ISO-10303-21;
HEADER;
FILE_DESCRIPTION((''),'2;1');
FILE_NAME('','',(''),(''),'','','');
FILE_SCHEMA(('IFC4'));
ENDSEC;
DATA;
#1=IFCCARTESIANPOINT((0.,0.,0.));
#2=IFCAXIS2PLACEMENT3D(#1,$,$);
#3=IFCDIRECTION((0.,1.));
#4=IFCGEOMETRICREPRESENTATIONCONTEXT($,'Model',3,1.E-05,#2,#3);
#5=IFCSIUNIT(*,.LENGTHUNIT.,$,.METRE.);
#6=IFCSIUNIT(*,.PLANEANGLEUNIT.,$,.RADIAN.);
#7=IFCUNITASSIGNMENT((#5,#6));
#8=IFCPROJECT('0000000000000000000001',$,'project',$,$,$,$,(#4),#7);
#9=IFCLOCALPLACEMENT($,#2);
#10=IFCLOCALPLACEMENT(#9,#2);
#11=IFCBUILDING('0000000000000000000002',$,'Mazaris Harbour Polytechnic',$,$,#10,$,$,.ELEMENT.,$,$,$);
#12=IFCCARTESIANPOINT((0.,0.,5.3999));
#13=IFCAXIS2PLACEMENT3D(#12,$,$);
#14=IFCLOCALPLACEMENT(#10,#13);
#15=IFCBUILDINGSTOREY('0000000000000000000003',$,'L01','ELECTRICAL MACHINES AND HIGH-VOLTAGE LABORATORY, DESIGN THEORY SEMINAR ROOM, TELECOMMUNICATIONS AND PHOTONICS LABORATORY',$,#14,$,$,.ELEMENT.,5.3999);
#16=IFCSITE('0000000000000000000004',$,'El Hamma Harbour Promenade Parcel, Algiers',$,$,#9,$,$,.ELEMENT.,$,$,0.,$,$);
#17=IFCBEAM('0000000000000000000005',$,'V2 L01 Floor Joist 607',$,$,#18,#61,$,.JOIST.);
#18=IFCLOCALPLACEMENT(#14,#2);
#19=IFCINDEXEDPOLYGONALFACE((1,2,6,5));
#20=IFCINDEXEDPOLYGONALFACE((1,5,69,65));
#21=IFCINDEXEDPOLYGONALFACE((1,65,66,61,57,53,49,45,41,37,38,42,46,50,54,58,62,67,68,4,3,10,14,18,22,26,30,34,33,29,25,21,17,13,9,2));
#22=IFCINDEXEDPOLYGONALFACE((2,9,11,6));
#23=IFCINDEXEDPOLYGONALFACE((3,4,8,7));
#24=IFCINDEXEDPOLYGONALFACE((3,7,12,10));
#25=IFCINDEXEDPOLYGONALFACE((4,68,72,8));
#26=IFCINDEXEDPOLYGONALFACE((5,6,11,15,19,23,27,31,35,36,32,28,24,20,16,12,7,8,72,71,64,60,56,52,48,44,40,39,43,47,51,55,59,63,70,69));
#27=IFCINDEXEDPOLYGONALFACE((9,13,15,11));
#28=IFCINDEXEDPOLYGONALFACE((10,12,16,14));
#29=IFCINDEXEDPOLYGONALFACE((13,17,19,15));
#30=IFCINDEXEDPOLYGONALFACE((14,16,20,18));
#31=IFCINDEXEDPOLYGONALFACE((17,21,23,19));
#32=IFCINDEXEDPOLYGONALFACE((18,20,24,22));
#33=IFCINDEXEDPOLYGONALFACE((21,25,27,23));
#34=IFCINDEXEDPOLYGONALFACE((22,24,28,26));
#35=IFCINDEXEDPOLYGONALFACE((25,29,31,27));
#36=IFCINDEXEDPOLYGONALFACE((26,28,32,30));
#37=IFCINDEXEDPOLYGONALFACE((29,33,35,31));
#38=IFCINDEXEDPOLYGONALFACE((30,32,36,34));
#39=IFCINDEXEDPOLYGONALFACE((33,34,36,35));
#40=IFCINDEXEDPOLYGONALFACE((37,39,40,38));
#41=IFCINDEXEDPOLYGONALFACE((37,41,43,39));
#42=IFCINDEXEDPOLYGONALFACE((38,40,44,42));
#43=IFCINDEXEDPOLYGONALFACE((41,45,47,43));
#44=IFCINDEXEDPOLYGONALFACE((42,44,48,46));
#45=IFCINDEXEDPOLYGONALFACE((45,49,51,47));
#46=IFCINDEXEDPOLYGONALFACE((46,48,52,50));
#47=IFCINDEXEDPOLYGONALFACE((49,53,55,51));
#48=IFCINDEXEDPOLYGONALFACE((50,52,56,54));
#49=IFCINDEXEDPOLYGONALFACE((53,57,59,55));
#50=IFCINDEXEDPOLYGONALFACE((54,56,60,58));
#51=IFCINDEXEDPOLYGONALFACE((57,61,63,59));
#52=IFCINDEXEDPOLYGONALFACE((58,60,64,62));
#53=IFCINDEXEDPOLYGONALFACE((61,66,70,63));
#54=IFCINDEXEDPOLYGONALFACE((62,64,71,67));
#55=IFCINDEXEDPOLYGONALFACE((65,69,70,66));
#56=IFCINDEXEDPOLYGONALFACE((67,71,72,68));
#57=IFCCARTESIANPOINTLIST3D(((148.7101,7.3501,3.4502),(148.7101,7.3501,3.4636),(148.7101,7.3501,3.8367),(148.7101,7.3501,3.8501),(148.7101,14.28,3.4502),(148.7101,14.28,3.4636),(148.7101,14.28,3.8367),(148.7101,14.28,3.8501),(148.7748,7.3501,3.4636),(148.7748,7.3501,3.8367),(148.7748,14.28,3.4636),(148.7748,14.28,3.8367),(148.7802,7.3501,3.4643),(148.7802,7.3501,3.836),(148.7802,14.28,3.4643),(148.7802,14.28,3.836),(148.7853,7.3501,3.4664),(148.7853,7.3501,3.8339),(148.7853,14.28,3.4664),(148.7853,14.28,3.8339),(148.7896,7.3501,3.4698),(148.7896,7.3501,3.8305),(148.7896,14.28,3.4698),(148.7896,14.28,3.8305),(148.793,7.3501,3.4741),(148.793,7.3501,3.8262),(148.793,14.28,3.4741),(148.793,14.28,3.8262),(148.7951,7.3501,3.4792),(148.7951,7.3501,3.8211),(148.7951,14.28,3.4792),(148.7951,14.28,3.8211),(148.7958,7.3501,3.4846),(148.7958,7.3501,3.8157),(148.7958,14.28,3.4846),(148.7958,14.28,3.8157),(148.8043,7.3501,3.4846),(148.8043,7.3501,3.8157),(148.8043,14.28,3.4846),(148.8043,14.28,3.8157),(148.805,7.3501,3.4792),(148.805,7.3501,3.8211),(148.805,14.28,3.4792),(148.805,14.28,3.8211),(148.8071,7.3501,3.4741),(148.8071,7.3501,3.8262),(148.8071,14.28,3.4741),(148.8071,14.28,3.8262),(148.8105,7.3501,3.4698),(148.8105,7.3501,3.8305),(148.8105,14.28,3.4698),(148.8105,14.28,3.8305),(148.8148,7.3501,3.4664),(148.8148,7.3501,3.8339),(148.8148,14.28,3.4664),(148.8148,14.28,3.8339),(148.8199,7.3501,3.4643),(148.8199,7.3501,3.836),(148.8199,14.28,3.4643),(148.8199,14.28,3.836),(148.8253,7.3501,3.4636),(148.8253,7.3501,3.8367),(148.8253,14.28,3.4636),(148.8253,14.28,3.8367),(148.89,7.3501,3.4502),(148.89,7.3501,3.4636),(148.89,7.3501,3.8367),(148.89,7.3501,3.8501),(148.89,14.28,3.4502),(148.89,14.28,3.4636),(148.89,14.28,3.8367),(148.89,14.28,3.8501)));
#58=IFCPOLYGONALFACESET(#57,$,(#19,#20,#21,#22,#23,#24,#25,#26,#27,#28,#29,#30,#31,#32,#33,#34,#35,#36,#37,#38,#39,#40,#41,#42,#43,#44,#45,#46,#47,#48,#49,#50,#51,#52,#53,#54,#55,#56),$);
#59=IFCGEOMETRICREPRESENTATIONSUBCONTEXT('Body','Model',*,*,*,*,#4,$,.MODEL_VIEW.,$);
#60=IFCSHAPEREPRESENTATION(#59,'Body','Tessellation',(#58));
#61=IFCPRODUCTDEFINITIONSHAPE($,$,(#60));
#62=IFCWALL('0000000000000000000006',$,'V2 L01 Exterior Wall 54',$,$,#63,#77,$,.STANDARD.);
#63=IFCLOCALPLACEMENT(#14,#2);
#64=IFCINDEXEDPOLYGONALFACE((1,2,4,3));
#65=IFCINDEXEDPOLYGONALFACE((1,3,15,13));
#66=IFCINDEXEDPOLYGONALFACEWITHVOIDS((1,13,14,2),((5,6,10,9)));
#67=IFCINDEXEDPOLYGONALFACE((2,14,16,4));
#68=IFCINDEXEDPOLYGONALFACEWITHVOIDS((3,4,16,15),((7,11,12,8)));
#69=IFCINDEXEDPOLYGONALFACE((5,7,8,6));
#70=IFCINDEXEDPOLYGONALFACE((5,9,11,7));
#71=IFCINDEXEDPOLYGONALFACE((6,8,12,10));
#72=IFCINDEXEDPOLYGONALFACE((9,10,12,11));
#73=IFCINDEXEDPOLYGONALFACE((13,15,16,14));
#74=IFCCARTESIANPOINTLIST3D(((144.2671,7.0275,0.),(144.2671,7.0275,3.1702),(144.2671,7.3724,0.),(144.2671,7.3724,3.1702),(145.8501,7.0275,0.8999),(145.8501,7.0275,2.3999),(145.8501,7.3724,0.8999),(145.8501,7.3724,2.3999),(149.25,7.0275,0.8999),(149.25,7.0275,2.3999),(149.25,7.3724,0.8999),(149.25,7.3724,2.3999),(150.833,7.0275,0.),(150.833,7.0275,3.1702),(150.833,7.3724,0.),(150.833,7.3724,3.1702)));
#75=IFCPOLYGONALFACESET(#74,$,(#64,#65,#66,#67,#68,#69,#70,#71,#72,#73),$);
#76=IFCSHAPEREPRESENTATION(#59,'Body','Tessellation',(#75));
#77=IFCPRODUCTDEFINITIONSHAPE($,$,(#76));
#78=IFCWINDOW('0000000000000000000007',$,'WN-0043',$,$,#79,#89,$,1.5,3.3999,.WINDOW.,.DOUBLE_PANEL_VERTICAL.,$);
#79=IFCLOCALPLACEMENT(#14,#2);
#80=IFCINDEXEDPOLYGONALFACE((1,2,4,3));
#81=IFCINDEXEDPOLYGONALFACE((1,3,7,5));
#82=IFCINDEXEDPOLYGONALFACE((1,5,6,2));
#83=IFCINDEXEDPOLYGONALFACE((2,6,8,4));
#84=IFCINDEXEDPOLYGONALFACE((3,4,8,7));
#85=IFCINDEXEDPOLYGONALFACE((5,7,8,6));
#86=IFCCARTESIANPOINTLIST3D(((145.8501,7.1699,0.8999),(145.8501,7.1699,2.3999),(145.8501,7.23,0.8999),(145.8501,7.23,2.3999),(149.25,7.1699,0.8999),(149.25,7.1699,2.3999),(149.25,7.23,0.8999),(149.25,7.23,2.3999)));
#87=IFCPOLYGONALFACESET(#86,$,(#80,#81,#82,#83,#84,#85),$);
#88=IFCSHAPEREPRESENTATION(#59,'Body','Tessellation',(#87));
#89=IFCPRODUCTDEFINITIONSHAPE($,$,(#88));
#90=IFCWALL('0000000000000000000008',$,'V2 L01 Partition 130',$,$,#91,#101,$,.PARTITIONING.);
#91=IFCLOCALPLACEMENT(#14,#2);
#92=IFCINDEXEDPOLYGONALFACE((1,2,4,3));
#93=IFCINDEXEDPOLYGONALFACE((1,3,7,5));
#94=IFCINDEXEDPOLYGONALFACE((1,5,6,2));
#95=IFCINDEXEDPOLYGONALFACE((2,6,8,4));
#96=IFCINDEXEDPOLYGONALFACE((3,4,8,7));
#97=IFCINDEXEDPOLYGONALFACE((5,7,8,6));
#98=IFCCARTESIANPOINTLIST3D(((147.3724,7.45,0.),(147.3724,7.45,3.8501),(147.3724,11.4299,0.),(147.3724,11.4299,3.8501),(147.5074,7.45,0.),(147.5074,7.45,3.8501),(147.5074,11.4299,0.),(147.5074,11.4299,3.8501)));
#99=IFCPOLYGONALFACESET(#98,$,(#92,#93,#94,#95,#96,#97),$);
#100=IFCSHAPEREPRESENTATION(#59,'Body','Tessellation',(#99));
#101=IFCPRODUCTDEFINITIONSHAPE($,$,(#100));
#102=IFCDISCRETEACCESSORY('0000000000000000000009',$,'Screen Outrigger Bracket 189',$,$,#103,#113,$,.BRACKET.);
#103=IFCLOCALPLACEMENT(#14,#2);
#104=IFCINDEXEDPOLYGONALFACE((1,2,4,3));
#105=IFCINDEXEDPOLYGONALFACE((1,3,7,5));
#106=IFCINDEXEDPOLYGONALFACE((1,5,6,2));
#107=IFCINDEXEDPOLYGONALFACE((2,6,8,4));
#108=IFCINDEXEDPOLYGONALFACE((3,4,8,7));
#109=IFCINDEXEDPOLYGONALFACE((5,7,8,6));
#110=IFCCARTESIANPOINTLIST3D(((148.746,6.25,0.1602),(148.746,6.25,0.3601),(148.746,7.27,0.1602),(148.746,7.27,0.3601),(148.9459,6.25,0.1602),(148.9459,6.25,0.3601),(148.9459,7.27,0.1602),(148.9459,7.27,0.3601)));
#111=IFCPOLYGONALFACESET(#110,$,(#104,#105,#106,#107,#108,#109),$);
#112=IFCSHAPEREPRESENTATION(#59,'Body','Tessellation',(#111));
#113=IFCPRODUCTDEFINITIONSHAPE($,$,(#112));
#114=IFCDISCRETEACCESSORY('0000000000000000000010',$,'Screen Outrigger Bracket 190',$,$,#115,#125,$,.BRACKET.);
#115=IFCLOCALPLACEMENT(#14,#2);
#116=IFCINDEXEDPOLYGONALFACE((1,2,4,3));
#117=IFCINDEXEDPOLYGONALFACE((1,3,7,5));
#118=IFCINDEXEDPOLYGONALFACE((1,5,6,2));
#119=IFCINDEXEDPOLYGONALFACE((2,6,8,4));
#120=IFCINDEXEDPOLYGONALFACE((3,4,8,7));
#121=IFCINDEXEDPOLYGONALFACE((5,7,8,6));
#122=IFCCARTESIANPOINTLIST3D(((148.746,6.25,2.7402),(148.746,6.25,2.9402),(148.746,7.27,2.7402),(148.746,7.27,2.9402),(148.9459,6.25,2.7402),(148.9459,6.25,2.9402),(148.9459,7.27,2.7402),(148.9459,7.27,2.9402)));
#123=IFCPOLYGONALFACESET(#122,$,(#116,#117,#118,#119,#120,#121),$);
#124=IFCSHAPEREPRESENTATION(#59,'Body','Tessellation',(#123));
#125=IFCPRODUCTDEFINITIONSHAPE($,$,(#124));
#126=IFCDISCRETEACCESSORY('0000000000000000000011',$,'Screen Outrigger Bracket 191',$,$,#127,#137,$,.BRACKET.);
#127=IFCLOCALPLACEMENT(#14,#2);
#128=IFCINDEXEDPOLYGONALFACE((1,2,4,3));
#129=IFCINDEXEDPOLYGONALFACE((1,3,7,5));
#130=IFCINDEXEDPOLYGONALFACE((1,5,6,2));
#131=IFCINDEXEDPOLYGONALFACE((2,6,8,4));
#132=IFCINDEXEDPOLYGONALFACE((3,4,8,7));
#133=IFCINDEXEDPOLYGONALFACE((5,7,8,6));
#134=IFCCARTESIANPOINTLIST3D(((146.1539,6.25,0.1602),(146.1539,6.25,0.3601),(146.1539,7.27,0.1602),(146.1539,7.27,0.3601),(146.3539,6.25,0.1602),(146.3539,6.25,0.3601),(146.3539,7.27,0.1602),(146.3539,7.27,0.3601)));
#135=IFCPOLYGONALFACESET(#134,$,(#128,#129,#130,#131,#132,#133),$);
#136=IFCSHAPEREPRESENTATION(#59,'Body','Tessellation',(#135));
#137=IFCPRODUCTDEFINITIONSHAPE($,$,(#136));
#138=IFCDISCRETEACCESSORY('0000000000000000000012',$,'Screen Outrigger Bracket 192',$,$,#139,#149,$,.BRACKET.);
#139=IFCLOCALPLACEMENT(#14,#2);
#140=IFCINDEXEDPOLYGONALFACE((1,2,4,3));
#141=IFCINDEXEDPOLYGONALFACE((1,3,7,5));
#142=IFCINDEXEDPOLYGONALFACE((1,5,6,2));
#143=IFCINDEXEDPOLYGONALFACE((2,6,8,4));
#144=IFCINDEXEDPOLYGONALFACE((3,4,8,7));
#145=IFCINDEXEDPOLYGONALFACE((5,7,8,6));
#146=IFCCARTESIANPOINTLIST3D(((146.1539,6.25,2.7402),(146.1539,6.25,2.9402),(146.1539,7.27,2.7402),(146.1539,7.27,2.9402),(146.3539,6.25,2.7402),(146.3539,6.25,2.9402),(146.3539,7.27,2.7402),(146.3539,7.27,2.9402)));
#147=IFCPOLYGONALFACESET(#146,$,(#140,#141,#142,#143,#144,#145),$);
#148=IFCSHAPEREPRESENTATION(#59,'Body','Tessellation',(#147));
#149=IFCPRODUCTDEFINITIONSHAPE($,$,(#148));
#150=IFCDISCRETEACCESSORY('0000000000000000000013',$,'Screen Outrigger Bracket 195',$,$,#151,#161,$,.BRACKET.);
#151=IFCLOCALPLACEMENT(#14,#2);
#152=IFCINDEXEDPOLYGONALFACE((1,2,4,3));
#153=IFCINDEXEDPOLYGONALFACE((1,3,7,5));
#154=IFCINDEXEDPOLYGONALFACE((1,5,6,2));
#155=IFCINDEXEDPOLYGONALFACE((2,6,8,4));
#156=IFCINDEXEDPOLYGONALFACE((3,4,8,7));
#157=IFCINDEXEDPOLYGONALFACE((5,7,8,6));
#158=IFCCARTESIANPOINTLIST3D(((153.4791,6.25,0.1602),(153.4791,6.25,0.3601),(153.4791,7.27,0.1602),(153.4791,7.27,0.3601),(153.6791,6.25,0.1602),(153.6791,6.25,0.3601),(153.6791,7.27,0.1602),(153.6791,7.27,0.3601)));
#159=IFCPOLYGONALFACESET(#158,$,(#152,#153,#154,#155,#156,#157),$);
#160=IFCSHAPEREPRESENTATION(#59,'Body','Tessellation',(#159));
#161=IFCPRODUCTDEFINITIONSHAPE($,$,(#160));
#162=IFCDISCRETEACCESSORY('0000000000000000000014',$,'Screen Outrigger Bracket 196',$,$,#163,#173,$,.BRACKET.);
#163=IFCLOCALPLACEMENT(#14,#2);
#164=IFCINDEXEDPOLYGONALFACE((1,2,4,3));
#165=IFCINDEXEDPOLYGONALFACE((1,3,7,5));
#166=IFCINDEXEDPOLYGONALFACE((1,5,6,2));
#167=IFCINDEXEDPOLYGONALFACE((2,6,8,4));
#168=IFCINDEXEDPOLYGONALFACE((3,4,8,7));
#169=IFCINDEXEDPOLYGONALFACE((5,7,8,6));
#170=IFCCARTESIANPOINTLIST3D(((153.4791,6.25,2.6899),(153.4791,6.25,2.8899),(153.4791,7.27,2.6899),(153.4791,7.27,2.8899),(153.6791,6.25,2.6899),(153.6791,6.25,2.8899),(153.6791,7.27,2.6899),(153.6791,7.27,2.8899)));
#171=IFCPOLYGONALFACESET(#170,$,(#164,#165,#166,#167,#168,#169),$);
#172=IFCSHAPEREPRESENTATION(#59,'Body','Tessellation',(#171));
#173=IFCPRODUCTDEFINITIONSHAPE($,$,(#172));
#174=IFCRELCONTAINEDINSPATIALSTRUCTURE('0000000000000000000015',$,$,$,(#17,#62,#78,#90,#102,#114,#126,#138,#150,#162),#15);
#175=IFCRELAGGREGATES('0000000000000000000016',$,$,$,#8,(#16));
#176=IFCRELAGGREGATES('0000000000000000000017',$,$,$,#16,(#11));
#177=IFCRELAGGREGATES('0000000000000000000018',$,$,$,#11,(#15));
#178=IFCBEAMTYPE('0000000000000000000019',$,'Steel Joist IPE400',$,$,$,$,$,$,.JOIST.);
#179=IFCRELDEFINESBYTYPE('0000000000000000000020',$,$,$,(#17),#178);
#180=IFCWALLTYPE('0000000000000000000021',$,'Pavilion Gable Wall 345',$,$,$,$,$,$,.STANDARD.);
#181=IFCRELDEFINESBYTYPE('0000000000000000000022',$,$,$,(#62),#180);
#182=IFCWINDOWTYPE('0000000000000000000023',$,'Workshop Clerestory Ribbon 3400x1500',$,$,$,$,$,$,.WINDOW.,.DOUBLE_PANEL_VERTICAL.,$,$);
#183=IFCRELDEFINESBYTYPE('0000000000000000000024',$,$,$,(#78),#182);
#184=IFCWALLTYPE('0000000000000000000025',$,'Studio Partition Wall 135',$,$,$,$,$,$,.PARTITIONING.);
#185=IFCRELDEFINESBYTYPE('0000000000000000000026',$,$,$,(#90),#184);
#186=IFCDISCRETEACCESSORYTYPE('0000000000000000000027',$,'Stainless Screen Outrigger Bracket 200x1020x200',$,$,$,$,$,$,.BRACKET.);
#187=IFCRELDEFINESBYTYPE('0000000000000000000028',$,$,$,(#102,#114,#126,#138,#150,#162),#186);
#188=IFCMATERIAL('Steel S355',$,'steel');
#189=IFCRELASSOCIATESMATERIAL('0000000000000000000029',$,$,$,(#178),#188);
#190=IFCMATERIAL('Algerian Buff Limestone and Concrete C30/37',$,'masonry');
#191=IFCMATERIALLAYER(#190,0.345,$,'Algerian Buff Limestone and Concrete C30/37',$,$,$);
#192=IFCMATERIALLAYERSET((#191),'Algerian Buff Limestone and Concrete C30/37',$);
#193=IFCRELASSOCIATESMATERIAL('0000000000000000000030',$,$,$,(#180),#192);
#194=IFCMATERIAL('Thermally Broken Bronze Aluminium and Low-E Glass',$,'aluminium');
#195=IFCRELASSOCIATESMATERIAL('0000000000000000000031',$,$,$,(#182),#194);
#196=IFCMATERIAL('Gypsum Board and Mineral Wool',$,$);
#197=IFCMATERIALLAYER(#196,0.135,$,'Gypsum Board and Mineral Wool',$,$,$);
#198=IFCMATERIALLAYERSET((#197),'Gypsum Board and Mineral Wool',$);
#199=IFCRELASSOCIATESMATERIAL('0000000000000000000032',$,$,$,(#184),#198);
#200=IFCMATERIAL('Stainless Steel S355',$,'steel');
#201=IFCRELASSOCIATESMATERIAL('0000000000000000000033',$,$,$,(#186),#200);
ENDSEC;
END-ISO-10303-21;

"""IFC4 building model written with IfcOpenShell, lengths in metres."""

from ifc_helpers import new_model, si_unit, direction, frame, frame_2d, origin, origin_2d, place, context, subcontext, project, spatial, rectangle, i_section, extrude, material, layer, layer_set, material_profile, profile_set, type_object, element, fill, save


model = new_model("IFC4")

# Units and contexts
model_context = context("Model", 3, precision=1e-05, world=origin(), true_north=direction((0.0, 1.0)))
body_context = subcontext(model_context, "Body", "Model", "MODEL_VIEW")
ifc_project = project(units=[si_unit("LENGTHUNIT", "METRE"), si_unit("PLANEANGLEUNIT", "RADIAN")], contexts=[model_context])

# Site, building, storey
site_placement = place(None, origin())
site = spatial("IfcSite", under=ifc_project, at=site_placement, Name="El Hamma Harbour Promenade Parcel, Algiers", CompositionType="ELEMENT", RefElevation=0.0)
building_placement = place(site_placement, origin())
building = spatial("IfcBuilding", under=site, at=building_placement, Name="Mazaris Harbour Polytechnic", CompositionType="ELEMENT")
storey_placement = place(building_placement, frame((0.0, 0.0, 5.3999)))
storey = spatial("IfcBuildingStorey", under=building, at=storey_placement, Name="L01", Description="ELECTRICAL MACHINES AND HIGH-VOLTAGE LABORATORY, DESIGN THEORY SEMINAR ROOM, TELECOMMUNICATIONS AND PHOTONICS LABORATORY", CompositionType="ELEMENT", Elevation=5.3999)

# Beam
ifc_material_1 = material(Name="Steel S355", Category="steel")
ifc_material_profile_1 = material_profile(ifc_material_1, i_section(OverallWidth=0.1799, OverallDepth=0.3999, WebThickness=0.0085, FlangeThickness=0.0134, FilletRadius=0.021, at=origin_2d()), Name="IPE 400")
ifc_profile_set_1 = profile_set([ifc_material_profile_1], Name="Steel S355")
beam_type_1 = type_object("IfcBeamType", Name="Steel Joist IPE400", PredefinedType="JOIST", material=ifc_profile_set_1)
beam_1_placement = place(storey_placement, frame((148.8, 7.3501, 3.6501), z_axis=(0.0, 1.0, 0.0), x_axis=(-1.0, 0.0, 0.0)))
element("IfcBeam", 1, at=beam_1_placement, inside=storey, type_object=beam_type_1, Name="V2 L01 Floor Joist 607", PredefinedType="JOIST", context=body_context, shape_type="SweptSolid", body=[
    extrude(i_section(OverallWidth=0.1799, OverallDepth=0.3999, WebThickness=0.0085, FlangeThickness=0.0134, FilletRadius=0.021, at=origin_2d()), origin(), (0.0, 0.0, 1.0), 6.9299),
])

# Wall, opening, window
ifc_material_2 = material(Name="Algerian Buff Limestone and Concrete C30/37", Category="masonry")
ifc_layer_1 = layer(ifc_material_2, 0.345, Name="Algerian Buff Limestone and Concrete C30/37")
ifc_layer_set_1 = layer_set([ifc_layer_1], Name="Algerian Buff Limestone and Concrete C30/37")
wall_type_1 = type_object("IfcWallType", Name="Pavilion Gable Wall 345", PredefinedType="STANDARD", material=ifc_layer_set_1)
wall_1_placement = place(storey_placement, frame((150.833, 7.2, 0.0), z_axis=(0.0, 0.0, 1.0), x_axis=(-1.0, 0.0, 0.0)))
wall_1 = element("IfcWall", 2, at=wall_1_placement, inside=storey, type_object=wall_type_1, Name="V2 L01 Exterior Wall 54", PredefinedType="STANDARD", context=body_context, shape_type="SweptSolid", body=[
    extrude(rectangle(XDim=6.5659, YDim=0.345, at=frame_2d((3.283, 0.0))), origin(), (0.0, 0.0, 1.0), 3.1702),
])
opening_placement = place(wall_1_placement, frame((1.583, 0.0, 0.8999)))
opening = element("IfcOpeningElement", 3, at=opening_placement, cuts=wall_1, PredefinedType="OPENING", context=body_context, shape_type="SweptSolid", body=[
    extrude(rectangle(XDim=3.3999, YDim=1.5, at=frame_2d((1.7, 0.75))), frame((0.0, 0.1824, 0.0), z_axis=(0.0, -1.0, 0.0), x_axis=(1.0, 0.0, 0.0)), (0.0, 0.0, 1.0), 0.365),
])
ifc_material_3 = material(Name="Thermally Broken Bronze Aluminium and Low-E Glass", Category="aluminium")
window_type = type_object("IfcWindowType", Name="Workshop Clerestory Ribbon 3400x1500", PartitioningType="DOUBLE_PANEL_VERTICAL", PredefinedType="WINDOW", material=ifc_material_3)
window_placement = place(opening_placement, origin())
window = element("IfcWindow", 4, at=window_placement, inside=storey, type_object=window_type, Name="WN-0043", OverallHeight=1.5, OverallWidth=3.3999, PartitioningType="DOUBLE_PANEL_VERTICAL", PredefinedType="WINDOW", context=body_context, shape_type="SweptSolid", body=[
    extrude(rectangle(XDim=3.3999, YDim=1.5, at=frame_2d((1.7, 0.75))), frame((0.0, 0.03, 0.0), z_axis=(0.0, -1.0, 0.0), x_axis=(1.0, 0.0, 0.0)), (0.0, 0.0, 1.0), 0.0601),
])
fill(opening, window)

# Wall
ifc_material_4 = material(Name="Gypsum Board and Mineral Wool")
ifc_layer_2 = layer(ifc_material_4, 0.135, Name="Gypsum Board and Mineral Wool")
ifc_layer_set_2 = layer_set([ifc_layer_2], Name="Gypsum Board and Mineral Wool")
wall_type_2 = type_object("IfcWallType", Name="Studio Partition Wall 135", PredefinedType="PARTITIONING", material=ifc_layer_set_2)
wall_2_placement = place(storey_placement, frame((147.4399, 7.45, 0.0), z_axis=(0.0, 0.0, 1.0), x_axis=(0.0, 1.0, 0.0)))
element("IfcWall", 5, at=wall_2_placement, inside=storey, type_object=wall_type_2, Name="V2 L01 Partition 130", PredefinedType="PARTITIONING", context=body_context, shape_type="SweptSolid", body=[
    extrude(rectangle(XDim=3.98, YDim=0.135, at=frame_2d((1.99, 0.0))), origin(), (0.0, 0.0, 1.0), 3.8501),
])

# Discrete accessories
ifc_material_5 = material(Name="Stainless Steel S355", Category="steel")
discrete_accessory_type = type_object("IfcDiscreteAccessoryType", Name="Stainless Screen Outrigger Bracket 200x1020x200", PredefinedType="BRACKET", material=ifc_material_5)
for number, where, z_axis, x_axis, name in (
    (6, (148.8459, 6.76, 0.1602), (0.0, 0.0, 1.0), (-1.0, 0.0, 0.0), "Screen Outrigger Bracket 189"),
    (7, (148.8459, 6.76, 2.7402), (0.0, 0.0, 1.0), (-1.0, 0.0, 0.0), "Screen Outrigger Bracket 190"),
    (8, (146.2539, 6.76, 0.1602), (0.0, 0.0, 1.0), (-1.0, 0.0, 0.0), "Screen Outrigger Bracket 191"),
    (9, (146.2539, 6.76, 2.7402), (0.0, 0.0, 1.0), (-1.0, 0.0, 0.0), "Screen Outrigger Bracket 192"),
    (10, (153.5791, 6.76, 0.1602), (0.0, 0.0, 1.0), (-1.0, 0.0, 0.0), "Screen Outrigger Bracket 195"),
    (11, (153.5791, 6.76, 2.6899), (0.0, 0.0, 1.0), (-1.0, 0.0, 0.0), "Screen Outrigger Bracket 196"),
):
    element("IfcDiscreteAccessory", number, at=place(storey_placement, frame(where, z_axis=z_axis, x_axis=x_axis)), inside=storey, type_object=discrete_accessory_type, Name=name, PredefinedType="BRACKET", context=body_context, shape_type="SweptSolid", body=[
        extrude(rectangle(XDim=0.2, YDim=1.02, at=origin_2d()), origin(), (0.0, 0.0, 1.0), 0.2),
    ])

save(model, "model.ifc")
